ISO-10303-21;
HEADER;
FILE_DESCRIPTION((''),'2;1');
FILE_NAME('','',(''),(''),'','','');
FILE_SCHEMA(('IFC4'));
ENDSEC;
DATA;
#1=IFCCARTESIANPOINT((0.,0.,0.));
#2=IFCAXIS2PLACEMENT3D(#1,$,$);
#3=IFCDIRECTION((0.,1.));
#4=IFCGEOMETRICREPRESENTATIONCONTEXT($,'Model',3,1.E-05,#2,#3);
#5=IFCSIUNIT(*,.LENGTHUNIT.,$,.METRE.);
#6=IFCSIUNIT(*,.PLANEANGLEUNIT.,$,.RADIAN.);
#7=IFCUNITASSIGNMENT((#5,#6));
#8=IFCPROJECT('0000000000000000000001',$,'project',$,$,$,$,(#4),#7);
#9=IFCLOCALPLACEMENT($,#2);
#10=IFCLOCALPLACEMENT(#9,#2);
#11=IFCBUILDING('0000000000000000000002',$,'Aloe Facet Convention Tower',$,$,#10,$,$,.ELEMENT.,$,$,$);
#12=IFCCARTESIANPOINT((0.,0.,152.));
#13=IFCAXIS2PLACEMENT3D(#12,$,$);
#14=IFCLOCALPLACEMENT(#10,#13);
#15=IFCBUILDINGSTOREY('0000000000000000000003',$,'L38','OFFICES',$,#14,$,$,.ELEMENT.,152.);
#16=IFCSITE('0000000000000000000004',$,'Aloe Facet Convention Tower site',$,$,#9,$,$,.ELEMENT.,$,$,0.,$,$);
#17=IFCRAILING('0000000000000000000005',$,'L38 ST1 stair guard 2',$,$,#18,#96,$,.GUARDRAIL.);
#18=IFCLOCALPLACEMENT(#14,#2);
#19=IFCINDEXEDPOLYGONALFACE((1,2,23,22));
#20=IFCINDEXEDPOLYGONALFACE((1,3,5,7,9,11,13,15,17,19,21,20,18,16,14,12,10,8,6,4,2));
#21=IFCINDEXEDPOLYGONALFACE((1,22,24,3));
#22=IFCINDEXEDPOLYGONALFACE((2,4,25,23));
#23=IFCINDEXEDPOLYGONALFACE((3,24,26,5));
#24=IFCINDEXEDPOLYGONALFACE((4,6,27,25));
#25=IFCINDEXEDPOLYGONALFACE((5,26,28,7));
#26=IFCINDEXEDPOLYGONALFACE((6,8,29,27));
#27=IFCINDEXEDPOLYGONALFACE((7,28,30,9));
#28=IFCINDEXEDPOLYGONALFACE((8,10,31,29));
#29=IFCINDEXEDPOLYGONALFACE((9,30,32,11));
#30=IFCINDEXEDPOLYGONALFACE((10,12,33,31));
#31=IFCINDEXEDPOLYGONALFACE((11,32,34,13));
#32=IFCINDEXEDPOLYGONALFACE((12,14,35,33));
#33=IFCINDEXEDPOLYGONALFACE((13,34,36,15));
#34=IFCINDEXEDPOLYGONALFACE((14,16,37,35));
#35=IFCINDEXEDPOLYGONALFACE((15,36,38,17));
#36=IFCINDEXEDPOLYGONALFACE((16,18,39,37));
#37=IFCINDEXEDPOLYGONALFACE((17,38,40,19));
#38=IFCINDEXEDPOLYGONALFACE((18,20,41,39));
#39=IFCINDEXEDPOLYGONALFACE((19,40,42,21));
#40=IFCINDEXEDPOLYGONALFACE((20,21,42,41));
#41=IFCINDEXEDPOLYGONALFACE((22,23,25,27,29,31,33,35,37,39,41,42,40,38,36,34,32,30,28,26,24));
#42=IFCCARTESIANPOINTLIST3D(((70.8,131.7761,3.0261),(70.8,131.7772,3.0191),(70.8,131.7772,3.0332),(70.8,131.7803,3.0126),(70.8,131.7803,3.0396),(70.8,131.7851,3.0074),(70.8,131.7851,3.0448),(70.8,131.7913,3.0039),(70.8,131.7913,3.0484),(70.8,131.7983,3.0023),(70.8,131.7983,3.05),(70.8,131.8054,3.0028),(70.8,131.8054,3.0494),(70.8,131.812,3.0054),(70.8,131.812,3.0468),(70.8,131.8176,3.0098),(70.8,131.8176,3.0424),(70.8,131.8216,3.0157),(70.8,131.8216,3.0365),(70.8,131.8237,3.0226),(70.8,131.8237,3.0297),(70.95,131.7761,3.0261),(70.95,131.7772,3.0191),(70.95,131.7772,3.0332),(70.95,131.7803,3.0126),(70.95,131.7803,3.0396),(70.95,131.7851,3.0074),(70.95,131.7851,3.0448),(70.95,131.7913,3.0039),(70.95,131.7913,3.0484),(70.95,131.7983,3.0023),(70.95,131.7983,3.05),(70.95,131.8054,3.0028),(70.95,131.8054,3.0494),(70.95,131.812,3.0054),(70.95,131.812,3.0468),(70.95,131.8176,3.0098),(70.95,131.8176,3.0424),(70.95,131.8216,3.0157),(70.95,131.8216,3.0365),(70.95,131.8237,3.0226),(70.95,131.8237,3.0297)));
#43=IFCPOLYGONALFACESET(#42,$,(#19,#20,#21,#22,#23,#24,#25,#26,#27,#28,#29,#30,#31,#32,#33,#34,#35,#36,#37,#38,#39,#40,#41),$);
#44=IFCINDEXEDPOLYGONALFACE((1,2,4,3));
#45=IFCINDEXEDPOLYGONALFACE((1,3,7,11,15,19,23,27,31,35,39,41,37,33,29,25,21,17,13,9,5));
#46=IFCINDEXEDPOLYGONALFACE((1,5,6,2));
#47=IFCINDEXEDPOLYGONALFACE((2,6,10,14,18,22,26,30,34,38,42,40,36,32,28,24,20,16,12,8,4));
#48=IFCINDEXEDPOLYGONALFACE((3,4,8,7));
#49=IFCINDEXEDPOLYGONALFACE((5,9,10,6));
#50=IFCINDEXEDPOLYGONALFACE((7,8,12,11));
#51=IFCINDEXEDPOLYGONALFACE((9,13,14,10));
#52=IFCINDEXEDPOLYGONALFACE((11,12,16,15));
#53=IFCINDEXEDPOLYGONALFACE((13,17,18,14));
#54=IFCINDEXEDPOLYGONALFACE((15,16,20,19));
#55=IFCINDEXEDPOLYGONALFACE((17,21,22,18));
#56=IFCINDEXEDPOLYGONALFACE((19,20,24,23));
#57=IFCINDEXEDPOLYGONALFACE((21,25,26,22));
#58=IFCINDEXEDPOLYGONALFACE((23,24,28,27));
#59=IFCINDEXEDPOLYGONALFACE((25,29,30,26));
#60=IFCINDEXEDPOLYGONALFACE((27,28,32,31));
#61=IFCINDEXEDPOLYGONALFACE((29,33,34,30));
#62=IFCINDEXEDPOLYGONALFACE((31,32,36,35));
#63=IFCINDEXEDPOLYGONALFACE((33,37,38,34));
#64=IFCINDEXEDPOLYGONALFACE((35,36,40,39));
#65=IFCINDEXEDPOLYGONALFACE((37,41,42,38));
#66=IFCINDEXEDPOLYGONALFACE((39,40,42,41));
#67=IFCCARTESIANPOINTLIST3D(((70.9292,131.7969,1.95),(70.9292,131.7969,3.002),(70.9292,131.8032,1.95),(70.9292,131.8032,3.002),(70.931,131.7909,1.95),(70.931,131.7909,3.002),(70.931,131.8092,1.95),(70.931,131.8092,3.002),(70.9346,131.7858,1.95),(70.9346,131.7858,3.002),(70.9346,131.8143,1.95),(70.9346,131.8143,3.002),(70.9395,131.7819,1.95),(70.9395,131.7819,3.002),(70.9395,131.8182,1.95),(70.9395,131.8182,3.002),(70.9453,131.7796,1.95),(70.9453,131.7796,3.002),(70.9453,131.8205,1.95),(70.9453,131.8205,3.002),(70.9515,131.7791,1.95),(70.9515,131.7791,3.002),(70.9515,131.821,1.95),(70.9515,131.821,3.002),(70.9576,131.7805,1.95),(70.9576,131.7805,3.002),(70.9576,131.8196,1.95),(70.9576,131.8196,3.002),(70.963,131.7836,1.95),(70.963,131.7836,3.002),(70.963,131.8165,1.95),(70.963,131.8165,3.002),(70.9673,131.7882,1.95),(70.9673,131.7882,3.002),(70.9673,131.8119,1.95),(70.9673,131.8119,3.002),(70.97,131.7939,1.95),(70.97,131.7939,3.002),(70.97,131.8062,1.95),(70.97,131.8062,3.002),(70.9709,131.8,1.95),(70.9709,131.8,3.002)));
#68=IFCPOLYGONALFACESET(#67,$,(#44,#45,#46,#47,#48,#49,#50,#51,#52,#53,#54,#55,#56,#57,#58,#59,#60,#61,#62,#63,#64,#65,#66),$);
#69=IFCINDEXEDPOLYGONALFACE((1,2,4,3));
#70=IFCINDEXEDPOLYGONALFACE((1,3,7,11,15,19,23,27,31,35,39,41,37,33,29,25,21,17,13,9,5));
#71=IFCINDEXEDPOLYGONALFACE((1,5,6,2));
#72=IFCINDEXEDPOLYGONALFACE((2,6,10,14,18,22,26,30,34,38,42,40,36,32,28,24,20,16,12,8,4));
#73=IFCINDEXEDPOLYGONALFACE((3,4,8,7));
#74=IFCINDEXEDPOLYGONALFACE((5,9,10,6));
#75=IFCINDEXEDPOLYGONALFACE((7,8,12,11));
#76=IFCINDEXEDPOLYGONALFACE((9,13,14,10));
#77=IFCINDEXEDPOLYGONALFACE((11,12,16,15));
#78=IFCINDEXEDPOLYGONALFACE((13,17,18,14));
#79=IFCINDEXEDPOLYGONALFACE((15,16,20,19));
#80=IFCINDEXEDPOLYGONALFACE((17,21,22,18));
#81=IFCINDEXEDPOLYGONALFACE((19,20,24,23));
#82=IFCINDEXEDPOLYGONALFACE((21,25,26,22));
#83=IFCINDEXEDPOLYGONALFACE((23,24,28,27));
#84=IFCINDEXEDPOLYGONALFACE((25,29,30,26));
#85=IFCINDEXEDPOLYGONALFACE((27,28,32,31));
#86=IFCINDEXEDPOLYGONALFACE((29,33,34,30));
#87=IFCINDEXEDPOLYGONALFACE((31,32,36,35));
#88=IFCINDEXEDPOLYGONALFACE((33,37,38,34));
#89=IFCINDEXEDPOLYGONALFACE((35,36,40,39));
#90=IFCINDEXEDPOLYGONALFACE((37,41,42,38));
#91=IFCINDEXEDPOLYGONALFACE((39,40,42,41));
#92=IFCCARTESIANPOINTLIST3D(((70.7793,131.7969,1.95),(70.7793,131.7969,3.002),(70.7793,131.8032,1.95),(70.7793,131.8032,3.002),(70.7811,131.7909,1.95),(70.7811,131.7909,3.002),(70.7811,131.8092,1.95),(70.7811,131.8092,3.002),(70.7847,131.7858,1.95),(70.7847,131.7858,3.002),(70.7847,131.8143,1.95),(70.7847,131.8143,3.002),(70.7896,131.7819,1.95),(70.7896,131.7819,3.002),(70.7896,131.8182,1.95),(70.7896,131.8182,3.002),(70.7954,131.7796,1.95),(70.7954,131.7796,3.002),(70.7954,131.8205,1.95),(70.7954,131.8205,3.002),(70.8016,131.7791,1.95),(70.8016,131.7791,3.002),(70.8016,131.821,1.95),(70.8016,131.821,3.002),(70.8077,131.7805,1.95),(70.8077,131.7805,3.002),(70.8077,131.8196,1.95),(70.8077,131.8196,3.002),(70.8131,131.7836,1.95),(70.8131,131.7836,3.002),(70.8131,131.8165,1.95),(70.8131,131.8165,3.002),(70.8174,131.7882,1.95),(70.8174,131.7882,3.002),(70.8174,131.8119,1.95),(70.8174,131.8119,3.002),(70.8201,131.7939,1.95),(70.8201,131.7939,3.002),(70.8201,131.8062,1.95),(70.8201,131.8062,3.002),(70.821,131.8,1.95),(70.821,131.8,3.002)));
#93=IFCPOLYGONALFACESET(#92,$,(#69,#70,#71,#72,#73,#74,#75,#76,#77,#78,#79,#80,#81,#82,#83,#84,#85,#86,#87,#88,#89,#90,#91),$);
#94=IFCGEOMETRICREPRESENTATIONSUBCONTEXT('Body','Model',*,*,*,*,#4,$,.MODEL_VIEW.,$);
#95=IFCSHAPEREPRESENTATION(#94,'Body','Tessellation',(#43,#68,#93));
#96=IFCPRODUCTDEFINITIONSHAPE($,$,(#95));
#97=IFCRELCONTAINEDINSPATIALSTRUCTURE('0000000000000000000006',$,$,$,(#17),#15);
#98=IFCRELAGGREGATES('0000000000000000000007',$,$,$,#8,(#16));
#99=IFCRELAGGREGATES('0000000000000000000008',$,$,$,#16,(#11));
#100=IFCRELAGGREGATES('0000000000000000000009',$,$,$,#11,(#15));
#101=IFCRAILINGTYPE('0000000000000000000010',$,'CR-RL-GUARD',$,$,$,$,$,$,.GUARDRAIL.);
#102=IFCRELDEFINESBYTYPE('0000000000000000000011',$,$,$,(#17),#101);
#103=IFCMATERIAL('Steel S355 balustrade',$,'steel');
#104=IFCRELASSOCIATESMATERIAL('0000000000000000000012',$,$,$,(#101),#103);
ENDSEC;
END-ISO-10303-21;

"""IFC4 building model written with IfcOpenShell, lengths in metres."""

from ifc_helpers import new_model, si_unit, direction, frame, origin, origin_2d, place, context, subcontext, project, spatial, circle, extrude, material, type_object, element, save


model = new_model("IFC4")

# Units and contexts
model_context = context("Model", 3, precision=1e-05, world=origin(), true_north=direction((0.0, 1.0)))
body_context = subcontext(model_context, "Body", "Model", "MODEL_VIEW")
ifc_project = project(units=[si_unit("LENGTHUNIT", "METRE"), si_unit("PLANEANGLEUNIT", "RADIAN")], contexts=[model_context])

# Site, building, storey
site_placement = place(None, origin())
site = spatial("IfcSite", under=ifc_project, at=site_placement, Name="Aloe Facet Convention Tower site", CompositionType="ELEMENT", RefElevation=0.0)
building_placement = place(site_placement, origin())
building = spatial("IfcBuilding", under=site, at=building_placement, Name="Aloe Facet Convention Tower", CompositionType="ELEMENT")
storey_placement = place(building_placement, frame((0.0, 0.0, 152.0)))
storey = spatial("IfcBuildingStorey", under=building, at=storey_placement, Name="L38", Description="OFFICES", CompositionType="ELEMENT", Elevation=152.0)

# Railing
ifc_material_1 = material(Name="Steel S355 balustrade", Category="steel")
railing_type_1 = type_object("IfcRailingType", Name="CR-RL-GUARD", PredefinedType="GUARDRAIL", material=ifc_material_1)
railing_1_placement = place(storey_placement, frame((70.95, 131.8, 1.95)))
element("IfcRailing", 1, at=railing_1_placement, inside=storey, type_object=railing_type_1, Name="L38 ST1 stair guard 2", PredefinedType="GUARDRAIL", context=body_context, shape_type="SweptSolid", body=[
    extrude(circle(Radius=0.0239, at=origin_2d()), frame((0.0, 0.0, 1.0762), z_axis=(-1.0, 0.0, 0.0), x_axis=(0.0, -1.0, 0.0)), (0.0, 0.0, 1.0), 0.1499),
    extrude(circle(Radius=0.021, at=origin_2d()), origin(), (0.0, 0.0, 1.0), 1.052),
    extrude(circle(Radius=0.021, at=origin_2d()), frame((-0.1499, 0.0, 0.0)), (0.0, 0.0, 1.0), 1.052),
])

save(model, "model.ifc")
